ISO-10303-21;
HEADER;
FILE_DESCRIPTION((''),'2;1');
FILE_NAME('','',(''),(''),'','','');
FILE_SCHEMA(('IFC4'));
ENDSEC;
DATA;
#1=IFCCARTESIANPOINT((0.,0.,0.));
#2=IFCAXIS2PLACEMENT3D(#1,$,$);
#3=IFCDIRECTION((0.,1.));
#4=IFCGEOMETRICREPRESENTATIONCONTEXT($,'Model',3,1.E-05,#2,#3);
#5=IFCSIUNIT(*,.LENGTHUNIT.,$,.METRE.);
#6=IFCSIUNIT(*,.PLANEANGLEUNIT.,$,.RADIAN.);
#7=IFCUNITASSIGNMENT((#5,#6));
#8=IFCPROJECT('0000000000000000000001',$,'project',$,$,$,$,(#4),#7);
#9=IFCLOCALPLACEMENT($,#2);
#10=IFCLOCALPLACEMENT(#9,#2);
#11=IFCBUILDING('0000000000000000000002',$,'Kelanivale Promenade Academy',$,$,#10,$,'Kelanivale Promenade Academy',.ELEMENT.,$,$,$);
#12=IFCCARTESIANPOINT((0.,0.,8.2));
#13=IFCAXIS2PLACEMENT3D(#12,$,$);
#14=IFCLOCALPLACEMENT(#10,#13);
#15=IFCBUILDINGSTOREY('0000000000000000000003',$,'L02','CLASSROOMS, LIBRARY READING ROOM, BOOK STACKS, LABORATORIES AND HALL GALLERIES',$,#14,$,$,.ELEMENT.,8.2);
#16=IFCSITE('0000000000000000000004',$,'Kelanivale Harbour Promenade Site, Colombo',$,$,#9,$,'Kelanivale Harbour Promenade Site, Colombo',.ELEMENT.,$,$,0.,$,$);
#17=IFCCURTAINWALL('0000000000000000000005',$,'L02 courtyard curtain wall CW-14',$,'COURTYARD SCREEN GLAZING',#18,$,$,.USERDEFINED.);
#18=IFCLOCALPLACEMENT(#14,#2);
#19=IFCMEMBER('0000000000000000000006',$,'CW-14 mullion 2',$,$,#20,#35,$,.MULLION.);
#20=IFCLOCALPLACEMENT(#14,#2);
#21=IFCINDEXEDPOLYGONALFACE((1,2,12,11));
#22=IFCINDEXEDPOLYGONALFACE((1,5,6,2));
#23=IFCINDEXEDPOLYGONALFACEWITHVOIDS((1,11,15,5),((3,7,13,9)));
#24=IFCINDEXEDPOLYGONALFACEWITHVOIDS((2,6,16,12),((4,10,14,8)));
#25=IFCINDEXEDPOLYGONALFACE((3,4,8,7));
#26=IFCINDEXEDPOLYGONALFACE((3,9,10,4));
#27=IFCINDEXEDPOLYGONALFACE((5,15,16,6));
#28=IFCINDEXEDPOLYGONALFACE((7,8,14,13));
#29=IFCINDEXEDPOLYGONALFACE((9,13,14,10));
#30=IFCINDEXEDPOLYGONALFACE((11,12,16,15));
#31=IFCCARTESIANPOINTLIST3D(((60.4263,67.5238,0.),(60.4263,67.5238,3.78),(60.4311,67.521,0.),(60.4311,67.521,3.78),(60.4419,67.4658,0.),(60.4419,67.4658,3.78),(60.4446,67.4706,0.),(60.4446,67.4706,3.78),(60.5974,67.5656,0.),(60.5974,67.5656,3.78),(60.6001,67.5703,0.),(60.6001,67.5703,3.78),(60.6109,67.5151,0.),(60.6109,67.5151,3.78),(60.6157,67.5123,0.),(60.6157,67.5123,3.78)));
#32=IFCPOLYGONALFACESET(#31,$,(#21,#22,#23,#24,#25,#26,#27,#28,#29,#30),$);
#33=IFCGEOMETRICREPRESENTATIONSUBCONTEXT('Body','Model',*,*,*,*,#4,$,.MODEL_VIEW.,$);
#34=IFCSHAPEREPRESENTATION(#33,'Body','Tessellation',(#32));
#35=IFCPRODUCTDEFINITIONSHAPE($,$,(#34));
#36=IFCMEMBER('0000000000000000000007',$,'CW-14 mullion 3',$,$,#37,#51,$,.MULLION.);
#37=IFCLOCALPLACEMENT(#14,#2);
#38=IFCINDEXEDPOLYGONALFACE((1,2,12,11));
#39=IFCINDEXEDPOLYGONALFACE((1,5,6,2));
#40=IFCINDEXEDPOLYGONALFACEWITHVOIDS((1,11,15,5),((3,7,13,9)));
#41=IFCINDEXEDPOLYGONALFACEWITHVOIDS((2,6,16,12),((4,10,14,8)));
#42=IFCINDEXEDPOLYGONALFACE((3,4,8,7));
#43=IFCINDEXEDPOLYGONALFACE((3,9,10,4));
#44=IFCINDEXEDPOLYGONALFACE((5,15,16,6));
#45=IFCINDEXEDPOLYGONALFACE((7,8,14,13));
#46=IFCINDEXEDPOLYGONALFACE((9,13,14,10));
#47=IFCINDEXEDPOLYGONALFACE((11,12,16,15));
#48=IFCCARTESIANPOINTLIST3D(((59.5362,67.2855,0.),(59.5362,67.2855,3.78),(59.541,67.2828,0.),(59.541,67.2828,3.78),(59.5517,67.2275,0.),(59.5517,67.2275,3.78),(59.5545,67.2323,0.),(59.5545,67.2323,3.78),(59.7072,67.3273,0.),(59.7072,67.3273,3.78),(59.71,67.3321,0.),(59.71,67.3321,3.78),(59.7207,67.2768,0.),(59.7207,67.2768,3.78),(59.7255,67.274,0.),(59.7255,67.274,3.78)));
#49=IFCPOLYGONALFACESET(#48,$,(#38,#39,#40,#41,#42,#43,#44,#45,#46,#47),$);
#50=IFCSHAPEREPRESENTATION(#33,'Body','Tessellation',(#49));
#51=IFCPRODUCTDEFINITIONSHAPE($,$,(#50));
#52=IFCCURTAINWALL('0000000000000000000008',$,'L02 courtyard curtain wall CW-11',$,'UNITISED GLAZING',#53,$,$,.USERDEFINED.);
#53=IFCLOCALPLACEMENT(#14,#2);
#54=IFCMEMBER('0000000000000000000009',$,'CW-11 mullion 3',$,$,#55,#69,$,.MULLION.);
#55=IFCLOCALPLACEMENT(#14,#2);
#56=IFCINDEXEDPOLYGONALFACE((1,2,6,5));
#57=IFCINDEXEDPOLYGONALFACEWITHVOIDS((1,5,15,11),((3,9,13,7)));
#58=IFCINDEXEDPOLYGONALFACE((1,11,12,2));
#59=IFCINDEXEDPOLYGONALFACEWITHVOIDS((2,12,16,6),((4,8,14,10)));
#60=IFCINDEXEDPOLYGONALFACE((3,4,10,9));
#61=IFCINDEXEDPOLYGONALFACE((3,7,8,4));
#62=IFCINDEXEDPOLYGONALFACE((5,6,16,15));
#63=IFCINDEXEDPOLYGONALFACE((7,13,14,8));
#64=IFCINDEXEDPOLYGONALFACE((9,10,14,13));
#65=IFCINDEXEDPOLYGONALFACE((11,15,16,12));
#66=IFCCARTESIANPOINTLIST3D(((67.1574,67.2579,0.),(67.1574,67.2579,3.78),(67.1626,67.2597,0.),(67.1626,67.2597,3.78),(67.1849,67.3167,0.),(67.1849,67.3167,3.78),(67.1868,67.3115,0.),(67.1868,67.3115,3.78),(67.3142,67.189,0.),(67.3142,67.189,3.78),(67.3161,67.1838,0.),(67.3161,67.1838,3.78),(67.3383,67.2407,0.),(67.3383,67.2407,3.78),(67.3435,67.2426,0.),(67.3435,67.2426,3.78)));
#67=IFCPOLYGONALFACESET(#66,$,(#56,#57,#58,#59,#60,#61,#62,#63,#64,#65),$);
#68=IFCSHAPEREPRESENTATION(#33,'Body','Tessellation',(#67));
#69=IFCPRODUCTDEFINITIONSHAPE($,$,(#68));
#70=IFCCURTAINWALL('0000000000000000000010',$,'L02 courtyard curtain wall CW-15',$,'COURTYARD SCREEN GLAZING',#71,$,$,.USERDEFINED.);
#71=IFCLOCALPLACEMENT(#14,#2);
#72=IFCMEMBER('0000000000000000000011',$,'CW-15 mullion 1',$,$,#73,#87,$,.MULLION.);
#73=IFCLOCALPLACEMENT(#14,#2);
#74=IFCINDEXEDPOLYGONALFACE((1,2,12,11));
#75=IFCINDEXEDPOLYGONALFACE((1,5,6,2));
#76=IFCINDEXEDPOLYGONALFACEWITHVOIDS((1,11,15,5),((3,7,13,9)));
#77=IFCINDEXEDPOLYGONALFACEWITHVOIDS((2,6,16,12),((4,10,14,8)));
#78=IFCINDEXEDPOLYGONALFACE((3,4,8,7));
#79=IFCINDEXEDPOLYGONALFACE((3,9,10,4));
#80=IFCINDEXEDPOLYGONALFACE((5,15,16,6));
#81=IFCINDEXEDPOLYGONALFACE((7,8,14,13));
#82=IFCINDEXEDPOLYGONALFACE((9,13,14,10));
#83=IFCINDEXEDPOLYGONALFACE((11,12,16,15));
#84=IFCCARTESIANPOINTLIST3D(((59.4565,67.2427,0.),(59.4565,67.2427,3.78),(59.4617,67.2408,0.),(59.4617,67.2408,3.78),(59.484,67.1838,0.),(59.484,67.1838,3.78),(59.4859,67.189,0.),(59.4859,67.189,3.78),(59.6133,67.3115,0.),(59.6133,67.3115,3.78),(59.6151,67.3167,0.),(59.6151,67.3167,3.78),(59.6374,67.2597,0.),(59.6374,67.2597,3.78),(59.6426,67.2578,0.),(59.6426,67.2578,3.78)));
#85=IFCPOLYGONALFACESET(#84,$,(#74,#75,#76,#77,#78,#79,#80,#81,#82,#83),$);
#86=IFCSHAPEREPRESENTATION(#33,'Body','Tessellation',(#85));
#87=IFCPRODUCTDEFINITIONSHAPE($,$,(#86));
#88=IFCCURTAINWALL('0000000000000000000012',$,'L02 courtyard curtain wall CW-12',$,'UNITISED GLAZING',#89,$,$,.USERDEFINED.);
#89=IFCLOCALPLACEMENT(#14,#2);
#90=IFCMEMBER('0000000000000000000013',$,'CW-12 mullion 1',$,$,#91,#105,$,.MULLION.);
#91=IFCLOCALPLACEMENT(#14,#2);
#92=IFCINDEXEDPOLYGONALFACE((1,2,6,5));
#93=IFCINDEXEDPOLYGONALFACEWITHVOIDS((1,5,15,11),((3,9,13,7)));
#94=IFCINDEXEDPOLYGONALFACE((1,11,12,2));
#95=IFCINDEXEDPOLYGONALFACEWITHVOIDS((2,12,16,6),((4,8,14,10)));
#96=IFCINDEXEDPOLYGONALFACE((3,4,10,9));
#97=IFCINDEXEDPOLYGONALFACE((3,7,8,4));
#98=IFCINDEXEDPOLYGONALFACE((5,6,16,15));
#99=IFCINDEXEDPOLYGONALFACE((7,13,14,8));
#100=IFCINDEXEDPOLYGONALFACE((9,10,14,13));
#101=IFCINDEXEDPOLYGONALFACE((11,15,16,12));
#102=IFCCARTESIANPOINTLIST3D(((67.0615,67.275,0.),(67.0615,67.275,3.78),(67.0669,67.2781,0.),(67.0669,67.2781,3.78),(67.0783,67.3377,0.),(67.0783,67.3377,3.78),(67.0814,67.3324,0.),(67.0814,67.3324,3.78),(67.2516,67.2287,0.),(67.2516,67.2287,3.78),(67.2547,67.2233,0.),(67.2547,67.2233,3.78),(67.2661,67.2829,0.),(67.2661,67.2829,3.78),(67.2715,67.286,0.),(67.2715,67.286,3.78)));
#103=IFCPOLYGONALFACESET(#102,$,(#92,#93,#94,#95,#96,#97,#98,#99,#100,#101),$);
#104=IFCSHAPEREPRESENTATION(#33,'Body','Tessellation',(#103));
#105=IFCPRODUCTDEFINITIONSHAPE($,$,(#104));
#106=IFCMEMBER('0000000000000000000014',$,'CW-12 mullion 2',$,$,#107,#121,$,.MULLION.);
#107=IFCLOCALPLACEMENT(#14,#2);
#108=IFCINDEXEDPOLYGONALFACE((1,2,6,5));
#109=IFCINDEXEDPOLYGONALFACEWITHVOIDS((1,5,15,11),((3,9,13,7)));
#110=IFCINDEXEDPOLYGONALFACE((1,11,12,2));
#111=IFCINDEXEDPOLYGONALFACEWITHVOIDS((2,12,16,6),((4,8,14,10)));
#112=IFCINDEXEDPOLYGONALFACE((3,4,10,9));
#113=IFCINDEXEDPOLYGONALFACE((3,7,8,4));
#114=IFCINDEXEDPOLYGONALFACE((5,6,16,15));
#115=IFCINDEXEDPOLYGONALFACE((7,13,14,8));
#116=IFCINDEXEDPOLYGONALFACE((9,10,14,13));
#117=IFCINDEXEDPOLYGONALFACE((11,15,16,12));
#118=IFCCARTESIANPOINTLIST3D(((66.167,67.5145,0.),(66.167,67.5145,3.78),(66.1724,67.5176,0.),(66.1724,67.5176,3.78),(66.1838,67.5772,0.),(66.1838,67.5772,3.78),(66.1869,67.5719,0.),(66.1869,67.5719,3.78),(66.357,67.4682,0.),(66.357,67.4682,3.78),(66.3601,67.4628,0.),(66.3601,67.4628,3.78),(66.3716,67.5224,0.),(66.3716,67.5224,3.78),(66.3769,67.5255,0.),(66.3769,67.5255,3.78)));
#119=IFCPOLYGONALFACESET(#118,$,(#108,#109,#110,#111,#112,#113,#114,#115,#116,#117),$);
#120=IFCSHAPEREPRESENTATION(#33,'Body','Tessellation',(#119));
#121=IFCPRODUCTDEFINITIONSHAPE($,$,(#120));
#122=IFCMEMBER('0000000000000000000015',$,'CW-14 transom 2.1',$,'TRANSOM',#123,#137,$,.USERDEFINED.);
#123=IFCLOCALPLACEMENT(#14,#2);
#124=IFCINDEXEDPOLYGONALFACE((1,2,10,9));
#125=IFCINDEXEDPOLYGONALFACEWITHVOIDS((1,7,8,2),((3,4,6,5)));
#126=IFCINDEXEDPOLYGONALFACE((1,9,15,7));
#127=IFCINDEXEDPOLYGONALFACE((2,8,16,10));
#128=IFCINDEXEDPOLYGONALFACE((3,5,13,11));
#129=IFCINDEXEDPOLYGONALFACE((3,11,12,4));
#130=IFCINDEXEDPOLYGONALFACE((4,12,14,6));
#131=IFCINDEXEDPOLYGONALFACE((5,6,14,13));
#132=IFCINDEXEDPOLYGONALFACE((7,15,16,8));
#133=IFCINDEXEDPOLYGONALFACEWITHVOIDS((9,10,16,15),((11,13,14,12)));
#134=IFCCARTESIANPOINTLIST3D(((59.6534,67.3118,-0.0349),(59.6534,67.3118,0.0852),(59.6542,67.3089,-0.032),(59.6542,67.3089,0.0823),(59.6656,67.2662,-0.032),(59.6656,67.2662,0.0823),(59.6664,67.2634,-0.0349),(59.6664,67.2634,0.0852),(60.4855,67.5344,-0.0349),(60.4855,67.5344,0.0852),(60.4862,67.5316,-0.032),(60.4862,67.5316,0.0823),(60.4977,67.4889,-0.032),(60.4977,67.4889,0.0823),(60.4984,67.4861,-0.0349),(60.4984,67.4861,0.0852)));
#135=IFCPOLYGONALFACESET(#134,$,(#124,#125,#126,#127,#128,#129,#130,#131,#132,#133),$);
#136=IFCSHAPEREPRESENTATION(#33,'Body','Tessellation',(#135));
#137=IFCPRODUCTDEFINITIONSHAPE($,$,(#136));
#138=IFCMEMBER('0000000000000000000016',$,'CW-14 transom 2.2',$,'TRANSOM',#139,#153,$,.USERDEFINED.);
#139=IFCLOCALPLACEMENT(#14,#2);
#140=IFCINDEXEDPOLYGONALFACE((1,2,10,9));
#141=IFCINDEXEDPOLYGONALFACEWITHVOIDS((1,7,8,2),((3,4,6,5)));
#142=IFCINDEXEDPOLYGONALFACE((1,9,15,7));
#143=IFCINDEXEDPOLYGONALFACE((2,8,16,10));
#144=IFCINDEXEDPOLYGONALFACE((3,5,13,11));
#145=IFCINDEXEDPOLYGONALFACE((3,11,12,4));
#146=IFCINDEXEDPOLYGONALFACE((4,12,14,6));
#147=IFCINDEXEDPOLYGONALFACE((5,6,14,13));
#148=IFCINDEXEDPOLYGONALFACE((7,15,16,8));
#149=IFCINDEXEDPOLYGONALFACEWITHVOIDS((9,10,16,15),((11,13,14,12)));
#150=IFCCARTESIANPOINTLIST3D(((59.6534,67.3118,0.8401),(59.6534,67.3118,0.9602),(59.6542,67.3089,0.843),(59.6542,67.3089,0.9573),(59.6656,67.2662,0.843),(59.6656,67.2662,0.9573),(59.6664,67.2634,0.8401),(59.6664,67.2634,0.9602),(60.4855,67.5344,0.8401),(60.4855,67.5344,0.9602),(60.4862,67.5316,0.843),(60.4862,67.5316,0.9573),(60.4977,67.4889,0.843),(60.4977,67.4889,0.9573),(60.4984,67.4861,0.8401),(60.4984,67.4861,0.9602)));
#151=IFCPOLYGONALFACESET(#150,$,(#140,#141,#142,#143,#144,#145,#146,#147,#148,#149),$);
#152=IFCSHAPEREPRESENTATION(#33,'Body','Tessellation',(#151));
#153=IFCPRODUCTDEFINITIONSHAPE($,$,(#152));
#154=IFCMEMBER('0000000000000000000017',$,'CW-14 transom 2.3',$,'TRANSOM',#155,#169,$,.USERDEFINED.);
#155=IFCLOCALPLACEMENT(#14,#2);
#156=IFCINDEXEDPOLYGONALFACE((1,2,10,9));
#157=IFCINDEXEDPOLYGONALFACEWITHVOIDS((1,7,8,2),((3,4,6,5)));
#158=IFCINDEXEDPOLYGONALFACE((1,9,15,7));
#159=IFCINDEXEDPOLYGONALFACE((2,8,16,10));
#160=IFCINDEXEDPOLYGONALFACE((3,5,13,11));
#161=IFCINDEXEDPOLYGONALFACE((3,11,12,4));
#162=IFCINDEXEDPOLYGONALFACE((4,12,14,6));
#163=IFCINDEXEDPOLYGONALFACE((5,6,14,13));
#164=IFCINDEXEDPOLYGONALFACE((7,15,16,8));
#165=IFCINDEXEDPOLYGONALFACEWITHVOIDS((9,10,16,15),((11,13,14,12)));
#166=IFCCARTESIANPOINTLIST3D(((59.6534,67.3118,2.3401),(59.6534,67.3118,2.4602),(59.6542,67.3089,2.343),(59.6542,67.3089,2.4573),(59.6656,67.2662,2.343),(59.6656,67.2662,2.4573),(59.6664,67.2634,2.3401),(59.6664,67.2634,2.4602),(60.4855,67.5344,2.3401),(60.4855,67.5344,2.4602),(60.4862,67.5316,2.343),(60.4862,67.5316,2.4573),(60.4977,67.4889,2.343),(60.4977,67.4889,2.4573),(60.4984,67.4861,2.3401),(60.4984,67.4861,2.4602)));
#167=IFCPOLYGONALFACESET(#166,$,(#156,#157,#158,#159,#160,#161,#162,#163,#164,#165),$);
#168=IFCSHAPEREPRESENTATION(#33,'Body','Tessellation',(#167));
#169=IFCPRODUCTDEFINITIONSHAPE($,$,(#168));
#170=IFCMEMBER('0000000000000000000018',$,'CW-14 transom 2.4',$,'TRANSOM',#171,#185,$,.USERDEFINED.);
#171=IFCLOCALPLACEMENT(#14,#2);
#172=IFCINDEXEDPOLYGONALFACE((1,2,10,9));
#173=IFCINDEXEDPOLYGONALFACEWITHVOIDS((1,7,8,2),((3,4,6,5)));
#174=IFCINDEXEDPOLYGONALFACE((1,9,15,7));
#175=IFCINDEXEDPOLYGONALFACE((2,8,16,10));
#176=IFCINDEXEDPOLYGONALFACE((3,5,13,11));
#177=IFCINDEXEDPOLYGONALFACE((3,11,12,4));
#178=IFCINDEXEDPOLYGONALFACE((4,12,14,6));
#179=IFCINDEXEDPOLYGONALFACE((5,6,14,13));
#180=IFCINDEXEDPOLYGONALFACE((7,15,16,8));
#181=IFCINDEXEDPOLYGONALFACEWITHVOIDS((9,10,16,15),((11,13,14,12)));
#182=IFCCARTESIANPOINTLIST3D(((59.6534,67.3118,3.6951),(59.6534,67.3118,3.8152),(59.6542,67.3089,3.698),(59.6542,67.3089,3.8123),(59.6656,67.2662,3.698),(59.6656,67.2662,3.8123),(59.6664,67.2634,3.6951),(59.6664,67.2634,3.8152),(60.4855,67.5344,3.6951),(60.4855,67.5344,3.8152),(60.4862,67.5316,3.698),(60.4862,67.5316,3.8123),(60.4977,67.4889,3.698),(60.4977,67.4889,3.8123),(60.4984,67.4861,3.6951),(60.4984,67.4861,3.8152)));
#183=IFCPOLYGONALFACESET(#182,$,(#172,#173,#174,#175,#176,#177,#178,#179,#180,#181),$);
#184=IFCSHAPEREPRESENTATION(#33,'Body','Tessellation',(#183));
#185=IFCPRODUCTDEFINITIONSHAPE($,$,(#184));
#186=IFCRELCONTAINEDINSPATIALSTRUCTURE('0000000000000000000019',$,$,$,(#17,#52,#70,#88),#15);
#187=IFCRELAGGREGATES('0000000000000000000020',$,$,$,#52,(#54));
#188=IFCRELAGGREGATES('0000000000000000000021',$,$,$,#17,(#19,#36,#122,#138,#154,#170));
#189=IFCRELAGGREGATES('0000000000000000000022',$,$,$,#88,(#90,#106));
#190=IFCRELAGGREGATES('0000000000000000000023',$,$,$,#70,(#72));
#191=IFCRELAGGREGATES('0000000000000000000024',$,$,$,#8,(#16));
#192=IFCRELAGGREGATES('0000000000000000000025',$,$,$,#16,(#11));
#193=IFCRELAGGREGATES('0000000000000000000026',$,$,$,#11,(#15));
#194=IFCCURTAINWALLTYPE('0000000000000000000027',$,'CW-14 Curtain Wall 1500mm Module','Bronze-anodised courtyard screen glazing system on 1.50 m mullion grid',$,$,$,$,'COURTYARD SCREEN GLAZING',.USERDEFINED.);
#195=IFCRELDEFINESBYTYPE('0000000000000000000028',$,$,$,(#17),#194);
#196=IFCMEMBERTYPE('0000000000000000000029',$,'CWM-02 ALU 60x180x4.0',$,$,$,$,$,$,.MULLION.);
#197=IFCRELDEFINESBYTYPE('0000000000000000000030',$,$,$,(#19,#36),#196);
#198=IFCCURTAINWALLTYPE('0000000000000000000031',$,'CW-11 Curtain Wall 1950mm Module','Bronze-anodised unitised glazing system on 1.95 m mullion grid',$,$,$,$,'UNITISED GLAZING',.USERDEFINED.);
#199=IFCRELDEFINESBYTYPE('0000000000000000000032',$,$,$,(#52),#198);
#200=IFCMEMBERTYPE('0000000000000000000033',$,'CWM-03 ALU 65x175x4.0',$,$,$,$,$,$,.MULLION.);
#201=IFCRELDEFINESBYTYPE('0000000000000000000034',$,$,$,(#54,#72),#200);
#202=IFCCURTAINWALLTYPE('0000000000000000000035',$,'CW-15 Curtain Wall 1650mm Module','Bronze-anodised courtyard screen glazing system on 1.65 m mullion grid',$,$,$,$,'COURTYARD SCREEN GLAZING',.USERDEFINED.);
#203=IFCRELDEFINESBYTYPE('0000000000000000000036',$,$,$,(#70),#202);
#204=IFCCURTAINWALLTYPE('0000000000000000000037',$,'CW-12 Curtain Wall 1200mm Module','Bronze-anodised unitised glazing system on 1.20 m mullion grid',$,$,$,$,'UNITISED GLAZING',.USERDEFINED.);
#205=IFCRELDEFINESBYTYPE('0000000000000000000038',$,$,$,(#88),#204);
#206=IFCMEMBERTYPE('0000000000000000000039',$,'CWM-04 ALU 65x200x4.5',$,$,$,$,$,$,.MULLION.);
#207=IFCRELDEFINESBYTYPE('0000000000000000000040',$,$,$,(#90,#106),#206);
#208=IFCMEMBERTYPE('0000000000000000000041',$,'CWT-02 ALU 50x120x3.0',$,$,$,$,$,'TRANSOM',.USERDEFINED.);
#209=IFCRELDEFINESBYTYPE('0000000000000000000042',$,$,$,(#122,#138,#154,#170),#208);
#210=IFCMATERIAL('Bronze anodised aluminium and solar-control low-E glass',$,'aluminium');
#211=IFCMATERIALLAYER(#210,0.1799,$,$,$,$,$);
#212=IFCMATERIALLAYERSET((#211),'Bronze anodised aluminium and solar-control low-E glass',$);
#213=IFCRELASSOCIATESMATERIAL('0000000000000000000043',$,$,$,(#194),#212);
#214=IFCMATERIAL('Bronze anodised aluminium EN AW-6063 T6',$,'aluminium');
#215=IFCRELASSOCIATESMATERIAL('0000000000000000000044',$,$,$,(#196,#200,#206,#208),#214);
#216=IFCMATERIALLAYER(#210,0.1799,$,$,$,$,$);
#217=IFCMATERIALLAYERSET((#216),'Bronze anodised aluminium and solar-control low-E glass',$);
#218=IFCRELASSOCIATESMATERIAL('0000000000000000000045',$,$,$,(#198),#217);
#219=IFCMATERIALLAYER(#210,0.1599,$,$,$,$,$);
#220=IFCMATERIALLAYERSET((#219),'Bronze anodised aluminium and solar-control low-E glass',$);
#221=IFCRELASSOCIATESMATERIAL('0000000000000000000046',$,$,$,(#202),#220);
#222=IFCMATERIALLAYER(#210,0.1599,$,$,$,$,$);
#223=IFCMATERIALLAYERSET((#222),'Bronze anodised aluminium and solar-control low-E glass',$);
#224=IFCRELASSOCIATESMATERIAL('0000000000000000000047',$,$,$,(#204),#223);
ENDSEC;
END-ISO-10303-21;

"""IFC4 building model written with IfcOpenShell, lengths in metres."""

from ifc_helpers import new_model, si_unit, direction, frame, origin, origin_2d, place, context, subcontext, project, spatial, hollow_rectangle, extrude, material, layer, layer_set, material_profile, profile_set, type_object, element, aggregate, save


model = new_model("IFC4")

# Units and contexts
model_context = context("Model", 3, precision=1e-05, world=origin(), true_north=direction((0.0, 1.0)))
body_context = subcontext(model_context, "Body", "Model", "MODEL_VIEW")
ifc_project = project(units=[si_unit("LENGTHUNIT", "METRE"), si_unit("PLANEANGLEUNIT", "RADIAN")], contexts=[model_context])

# Site, building, storey
site_placement = place(None, origin())
site = spatial("IfcSite", under=ifc_project, at=site_placement, Name="Kelanivale Harbour Promenade Site, Colombo", LongName="Kelanivale Harbour Promenade Site, Colombo", CompositionType="ELEMENT", RefElevation=0.0)
building_placement = place(site_placement, origin())
building = spatial("IfcBuilding", under=site, at=building_placement, Name="Kelanivale Promenade Academy", LongName="Kelanivale Promenade Academy", CompositionType="ELEMENT")
storey_placement = place(building_placement, frame((0.0, 0.0, 8.2)))
storey = spatial("IfcBuildingStorey", under=building, at=storey_placement, Name="L02", Description="CLASSROOMS, LIBRARY READING ROOM, BOOK STACKS, LABORATORIES AND HALL GALLERIES", CompositionType="ELEMENT", Elevation=8.2)

# Curtain wall, members
ifc_material_1 = material(Name="Bronze anodised aluminium and solar-control low-E glass", Category="aluminium")
ifc_layer_1 = layer(ifc_material_1, 0.1799)
ifc_layer_set_1 = layer_set([ifc_layer_1], Name="Bronze anodised aluminium and solar-control low-E glass")
curtain_wall_type_1 = type_object("IfcCurtainWallType", Name="CW-14 Curtain Wall 1500mm Module", Description="Bronze-anodised courtyard screen glazing system on 1.50 m mullion grid", ElementType="COURTYARD SCREEN GLAZING", PredefinedType="USERDEFINED", material=ifc_layer_set_1)
curtain_wall_1_placement = place(storey_placement, origin())
curtain_wall_1 = element("IfcCurtainWall", 1, at=curtain_wall_1_placement, inside=storey, type_object=curtain_wall_type_1, Name="L02 courtyard curtain wall CW-14", ObjectType="COURTYARD SCREEN GLAZING", PredefinedType="USERDEFINED")
ifc_material_2 = material(Name="Bronze anodised aluminium EN AW-6063 T6", Category="aluminium")
ifc_material_profile_1 = material_profile(ifc_material_2, hollow_rectangle(XDim=0.0601, YDim=0.1799, WallThickness=0.0039, at=origin_2d()), Name="ALU 60x180x4.0")
ifc_profile_set_1 = profile_set([ifc_material_profile_1], Name="Bronze anodised aluminium EN AW-6063 T6")
member_type_1 = type_object("IfcMemberType", Name="CWM-02 ALU 60x180x4.0", PredefinedType="MULLION", material=ifc_profile_set_1)
member_1_placement = place(storey_placement, frame((60.521, 67.5181, 0.0), z_axis=(0.0, 0.0, 1.0), x_axis=(0.258578, -0.96599, 0.0)))
member_1 = element("IfcMember", 2, at=member_1_placement, type_object=member_type_1, Name="CW-14 mullion 2", PredefinedType="MULLION", context=body_context, shape_type="SweptSolid", body=[
    extrude(hollow_rectangle(XDim=0.0601, YDim=0.1799, WallThickness=0.0039, at=origin_2d()), origin(), (0.0, 0.0, 1.0), 3.78),
])
member_2_placement = place(storey_placement, frame((59.6309, 67.2798, 0.0), z_axis=(0.0, 0.0, 1.0), x_axis=(0.258578, -0.96599, 0.0)))
member_2 = element("IfcMember", 3, at=member_2_placement, type_object=member_type_1, Name="CW-14 mullion 3", PredefinedType="MULLION", context=body_context, shape_type="SweptSolid", body=[
    extrude(hollow_rectangle(XDim=0.0601, YDim=0.1799, WallThickness=0.0039, at=origin_2d()), origin(), (0.0, 0.0, 1.0), 3.78),
])

# Curtain walls, members
ifc_layer_2 = layer(ifc_material_1, 0.1799)
ifc_layer_set_2 = layer_set([ifc_layer_2], Name="Bronze anodised aluminium and solar-control low-E glass")
curtain_wall_type_2 = type_object("IfcCurtainWallType", Name="CW-11 Curtain Wall 1950mm Module", Description="Bronze-anodised unitised glazing system on 1.95 m mullion grid", ElementType="UNITISED GLAZING", PredefinedType="USERDEFINED", material=ifc_layer_set_2)
curtain_wall_2_placement = place(storey_placement, origin())
curtain_wall_2 = element("IfcCurtainWall", 4, at=curtain_wall_2_placement, inside=storey, type_object=curtain_wall_type_2, Name="L02 courtyard curtain wall CW-11", ObjectType="UNITISED GLAZING", PredefinedType="USERDEFINED")
ifc_material_profile_2 = material_profile(ifc_material_2, hollow_rectangle(XDim=0.0649, YDim=0.175, WallThickness=0.0039, at=origin_2d()), Name="ALU 65x175x4.0")
ifc_profile_set_2 = profile_set([ifc_material_profile_2], Name="Bronze anodised aluminium EN AW-6063 T6")
member_type_2 = type_object("IfcMemberType", Name="CWM-03 ALU 65x175x4.0", PredefinedType="MULLION", material=ifc_profile_set_2)
member_3_placement = place(storey_placement, frame((67.2505, 67.2502, 0.0), z_axis=(0.0, 0.0, 1.0), x_axis=(-0.423087, -0.906089, 0.0)))
member_3 = element("IfcMember", 5, at=member_3_placement, type_object=member_type_2, Name="CW-11 mullion 3", PredefinedType="MULLION", context=body_context, shape_type="SweptSolid", body=[
    extrude(hollow_rectangle(XDim=0.0649, YDim=0.175, WallThickness=0.0039, at=origin_2d()), origin(), (0.0, 0.0, 1.0), 3.78),
])
aggregate(curtain_wall_2, [member_3])
ifc_layer_3 = layer(ifc_material_1, 0.1599)
ifc_layer_set_3 = layer_set([ifc_layer_3], Name="Bronze anodised aluminium and solar-control low-E glass")
curtain_wall_type_3 = type_object("IfcCurtainWallType", Name="CW-15 Curtain Wall 1650mm Module", Description="Bronze-anodised courtyard screen glazing system on 1.65 m mullion grid", ElementType="COURTYARD SCREEN GLAZING", PredefinedType="USERDEFINED", material=ifc_layer_set_3)
curtain_wall_3_placement = place(storey_placement, origin())
curtain_wall_3 = element("IfcCurtainWall", 6, at=curtain_wall_3_placement, inside=storey, type_object=curtain_wall_type_3, Name="L02 courtyard curtain wall CW-15", ObjectType="COURTYARD SCREEN GLAZING", PredefinedType="USERDEFINED")
member_4_placement = place(storey_placement, frame((59.5496, 67.2502, 0.0), z_axis=(0.0, 0.0, 1.0), x_axis=(0.422857, -0.906196, 0.0)))
member_4 = element("IfcMember", 7, at=member_4_placement, type_object=member_type_2, Name="CW-15 mullion 1", PredefinedType="MULLION", context=body_context, shape_type="SweptSolid", body=[
    extrude(hollow_rectangle(XDim=0.0649, YDim=0.175, WallThickness=0.0039, at=origin_2d()), origin(), (0.0, 0.0, 1.0), 3.78),
])

# Curtain wall, members
ifc_layer_4 = layer(ifc_material_1, 0.1599)
ifc_layer_set_4 = layer_set([ifc_layer_4], Name="Bronze anodised aluminium and solar-control low-E glass")
curtain_wall_type_4 = type_object("IfcCurtainWallType", Name="CW-12 Curtain Wall 1200mm Module", Description="Bronze-anodised unitised glazing system on 1.20 m mullion grid", ElementType="UNITISED GLAZING", PredefinedType="USERDEFINED", material=ifc_layer_set_4)
curtain_wall_4_placement = place(storey_placement, origin())
curtain_wall_4 = element("IfcCurtainWall", 8, at=curtain_wall_4_placement, inside=storey, type_object=curtain_wall_type_4, Name="L02 courtyard curtain wall CW-12", ObjectType="UNITISED GLAZING", PredefinedType="USERDEFINED")
ifc_material_profile_3 = material_profile(ifc_material_2, hollow_rectangle(XDim=0.0649, YDim=0.2, WallThickness=0.0044, at=origin_2d()), Name="ALU 65x200x4.5")
ifc_profile_set_3 = profile_set([ifc_material_profile_3], Name="Bronze anodised aluminium EN AW-6063 T6")
member_type_3 = type_object("IfcMemberType", Name="CWM-04 ALU 65x200x4.5", PredefinedType="MULLION", material=ifc_profile_set_3)
member_5_placement = place(storey_placement, frame((67.1665, 67.2805, 0.0), z_axis=(0.0, 0.0, 1.0), x_axis=(-0.258701, -0.965957, 0.0)))
member_5 = element("IfcMember", 9, at=member_5_placement, type_object=member_type_3, Name="CW-12 mullion 1", PredefinedType="MULLION", context=body_context, shape_type="SweptSolid", body=[
    extrude(hollow_rectangle(XDim=0.0649, YDim=0.2, WallThickness=0.0044, at=origin_2d()), origin(), (0.0, 0.0, 1.0), 3.78),
])
member_6_placement = place(storey_placement, frame((66.272, 67.52, 0.0), z_axis=(0.0, 0.0, 1.0), x_axis=(-0.258701, -0.965957, 0.0)))
member_6 = element("IfcMember", 10, at=member_6_placement, type_object=member_type_3, Name="CW-12 mullion 2", PredefinedType="MULLION", context=body_context, shape_type="SweptSolid", body=[
    extrude(hollow_rectangle(XDim=0.0649, YDim=0.2, WallThickness=0.0044, at=origin_2d()), origin(), (0.0, 0.0, 1.0), 3.78),
])

# Members
ifc_material_profile_4 = material_profile(ifc_material_2, hollow_rectangle(XDim=0.05, YDim=0.1201, WallThickness=0.0029, at=origin_2d()), Name="ALU 50x120x3.0")
ifc_profile_set_4 = profile_set([ifc_material_profile_4], Name="Bronze anodised aluminium EN AW-6063 T6")
member_type_4 = type_object("IfcMemberType", Name="CWT-02 ALU 50x120x3.0", ElementType="TRANSOM", PredefinedType="USERDEFINED", material=ifc_profile_set_4)
member_7_placement = place(storey_placement, frame((60.4919, 67.5103, 0.0251), z_axis=(-0.966009, -0.258509, 0.0), x_axis=(0.258509, -0.966009, 0.0)))
member_7 = element("IfcMember", 11, at=member_7_placement, type_object=member_type_4, Name="CW-14 transom 2.1", ObjectType="TRANSOM", PredefinedType="USERDEFINED", context=body_context, shape_type="SweptSolid", body=[
    extrude(hollow_rectangle(XDim=0.05, YDim=0.1201, WallThickness=0.0029, at=origin_2d()), origin(), (0.0, 0.0, 1.0), 0.8613),
])
member_8_placement = place(storey_placement, frame((60.4919, 67.5103, 0.9001), z_axis=(-0.966009, -0.258509, 0.0), x_axis=(0.258509, -0.966009, 0.0)))
member_8 = element("IfcMember", 12, at=member_8_placement, type_object=member_type_4, Name="CW-14 transom 2.2", ObjectType="TRANSOM", PredefinedType="USERDEFINED", context=body_context, shape_type="SweptSolid", body=[
    extrude(hollow_rectangle(XDim=0.05, YDim=0.1201, WallThickness=0.0029, at=origin_2d()), origin(), (0.0, 0.0, 1.0), 0.8613),
])
member_9_placement = place(storey_placement, frame((60.4919, 67.5103, 2.4001), z_axis=(-0.966009, -0.258509, 0.0), x_axis=(0.258509, -0.966009, 0.0)))
member_9 = element("IfcMember", 13, at=member_9_placement, type_object=member_type_4, Name="CW-14 transom 2.3", ObjectType="TRANSOM", PredefinedType="USERDEFINED", context=body_context, shape_type="SweptSolid", body=[
    extrude(hollow_rectangle(XDim=0.05, YDim=0.1201, WallThickness=0.0029, at=origin_2d()), origin(), (0.0, 0.0, 1.0), 0.8613),
])
member_10_placement = place(storey_placement, frame((60.4919, 67.5103, 3.7551), z_axis=(-0.966009, -0.258509, 0.0), x_axis=(0.258509, -0.966009, 0.0)))
member_10 = element("IfcMember", 14, at=member_10_placement, type_object=member_type_4, Name="CW-14 transom 2.4", ObjectType="TRANSOM", PredefinedType="USERDEFINED", context=body_context, shape_type="SweptSolid", body=[
    extrude(hollow_rectangle(XDim=0.05, YDim=0.1201, WallThickness=0.0029, at=origin_2d()), origin(), (0.0, 0.0, 1.0), 0.8613),
])

aggregate(curtain_wall_1, [member_1, member_2, member_7, member_8, member_9, member_10])
aggregate(curtain_wall_4, [member_5, member_6])
aggregate(curtain_wall_3, [member_4])

save(model, "model.ifc")
